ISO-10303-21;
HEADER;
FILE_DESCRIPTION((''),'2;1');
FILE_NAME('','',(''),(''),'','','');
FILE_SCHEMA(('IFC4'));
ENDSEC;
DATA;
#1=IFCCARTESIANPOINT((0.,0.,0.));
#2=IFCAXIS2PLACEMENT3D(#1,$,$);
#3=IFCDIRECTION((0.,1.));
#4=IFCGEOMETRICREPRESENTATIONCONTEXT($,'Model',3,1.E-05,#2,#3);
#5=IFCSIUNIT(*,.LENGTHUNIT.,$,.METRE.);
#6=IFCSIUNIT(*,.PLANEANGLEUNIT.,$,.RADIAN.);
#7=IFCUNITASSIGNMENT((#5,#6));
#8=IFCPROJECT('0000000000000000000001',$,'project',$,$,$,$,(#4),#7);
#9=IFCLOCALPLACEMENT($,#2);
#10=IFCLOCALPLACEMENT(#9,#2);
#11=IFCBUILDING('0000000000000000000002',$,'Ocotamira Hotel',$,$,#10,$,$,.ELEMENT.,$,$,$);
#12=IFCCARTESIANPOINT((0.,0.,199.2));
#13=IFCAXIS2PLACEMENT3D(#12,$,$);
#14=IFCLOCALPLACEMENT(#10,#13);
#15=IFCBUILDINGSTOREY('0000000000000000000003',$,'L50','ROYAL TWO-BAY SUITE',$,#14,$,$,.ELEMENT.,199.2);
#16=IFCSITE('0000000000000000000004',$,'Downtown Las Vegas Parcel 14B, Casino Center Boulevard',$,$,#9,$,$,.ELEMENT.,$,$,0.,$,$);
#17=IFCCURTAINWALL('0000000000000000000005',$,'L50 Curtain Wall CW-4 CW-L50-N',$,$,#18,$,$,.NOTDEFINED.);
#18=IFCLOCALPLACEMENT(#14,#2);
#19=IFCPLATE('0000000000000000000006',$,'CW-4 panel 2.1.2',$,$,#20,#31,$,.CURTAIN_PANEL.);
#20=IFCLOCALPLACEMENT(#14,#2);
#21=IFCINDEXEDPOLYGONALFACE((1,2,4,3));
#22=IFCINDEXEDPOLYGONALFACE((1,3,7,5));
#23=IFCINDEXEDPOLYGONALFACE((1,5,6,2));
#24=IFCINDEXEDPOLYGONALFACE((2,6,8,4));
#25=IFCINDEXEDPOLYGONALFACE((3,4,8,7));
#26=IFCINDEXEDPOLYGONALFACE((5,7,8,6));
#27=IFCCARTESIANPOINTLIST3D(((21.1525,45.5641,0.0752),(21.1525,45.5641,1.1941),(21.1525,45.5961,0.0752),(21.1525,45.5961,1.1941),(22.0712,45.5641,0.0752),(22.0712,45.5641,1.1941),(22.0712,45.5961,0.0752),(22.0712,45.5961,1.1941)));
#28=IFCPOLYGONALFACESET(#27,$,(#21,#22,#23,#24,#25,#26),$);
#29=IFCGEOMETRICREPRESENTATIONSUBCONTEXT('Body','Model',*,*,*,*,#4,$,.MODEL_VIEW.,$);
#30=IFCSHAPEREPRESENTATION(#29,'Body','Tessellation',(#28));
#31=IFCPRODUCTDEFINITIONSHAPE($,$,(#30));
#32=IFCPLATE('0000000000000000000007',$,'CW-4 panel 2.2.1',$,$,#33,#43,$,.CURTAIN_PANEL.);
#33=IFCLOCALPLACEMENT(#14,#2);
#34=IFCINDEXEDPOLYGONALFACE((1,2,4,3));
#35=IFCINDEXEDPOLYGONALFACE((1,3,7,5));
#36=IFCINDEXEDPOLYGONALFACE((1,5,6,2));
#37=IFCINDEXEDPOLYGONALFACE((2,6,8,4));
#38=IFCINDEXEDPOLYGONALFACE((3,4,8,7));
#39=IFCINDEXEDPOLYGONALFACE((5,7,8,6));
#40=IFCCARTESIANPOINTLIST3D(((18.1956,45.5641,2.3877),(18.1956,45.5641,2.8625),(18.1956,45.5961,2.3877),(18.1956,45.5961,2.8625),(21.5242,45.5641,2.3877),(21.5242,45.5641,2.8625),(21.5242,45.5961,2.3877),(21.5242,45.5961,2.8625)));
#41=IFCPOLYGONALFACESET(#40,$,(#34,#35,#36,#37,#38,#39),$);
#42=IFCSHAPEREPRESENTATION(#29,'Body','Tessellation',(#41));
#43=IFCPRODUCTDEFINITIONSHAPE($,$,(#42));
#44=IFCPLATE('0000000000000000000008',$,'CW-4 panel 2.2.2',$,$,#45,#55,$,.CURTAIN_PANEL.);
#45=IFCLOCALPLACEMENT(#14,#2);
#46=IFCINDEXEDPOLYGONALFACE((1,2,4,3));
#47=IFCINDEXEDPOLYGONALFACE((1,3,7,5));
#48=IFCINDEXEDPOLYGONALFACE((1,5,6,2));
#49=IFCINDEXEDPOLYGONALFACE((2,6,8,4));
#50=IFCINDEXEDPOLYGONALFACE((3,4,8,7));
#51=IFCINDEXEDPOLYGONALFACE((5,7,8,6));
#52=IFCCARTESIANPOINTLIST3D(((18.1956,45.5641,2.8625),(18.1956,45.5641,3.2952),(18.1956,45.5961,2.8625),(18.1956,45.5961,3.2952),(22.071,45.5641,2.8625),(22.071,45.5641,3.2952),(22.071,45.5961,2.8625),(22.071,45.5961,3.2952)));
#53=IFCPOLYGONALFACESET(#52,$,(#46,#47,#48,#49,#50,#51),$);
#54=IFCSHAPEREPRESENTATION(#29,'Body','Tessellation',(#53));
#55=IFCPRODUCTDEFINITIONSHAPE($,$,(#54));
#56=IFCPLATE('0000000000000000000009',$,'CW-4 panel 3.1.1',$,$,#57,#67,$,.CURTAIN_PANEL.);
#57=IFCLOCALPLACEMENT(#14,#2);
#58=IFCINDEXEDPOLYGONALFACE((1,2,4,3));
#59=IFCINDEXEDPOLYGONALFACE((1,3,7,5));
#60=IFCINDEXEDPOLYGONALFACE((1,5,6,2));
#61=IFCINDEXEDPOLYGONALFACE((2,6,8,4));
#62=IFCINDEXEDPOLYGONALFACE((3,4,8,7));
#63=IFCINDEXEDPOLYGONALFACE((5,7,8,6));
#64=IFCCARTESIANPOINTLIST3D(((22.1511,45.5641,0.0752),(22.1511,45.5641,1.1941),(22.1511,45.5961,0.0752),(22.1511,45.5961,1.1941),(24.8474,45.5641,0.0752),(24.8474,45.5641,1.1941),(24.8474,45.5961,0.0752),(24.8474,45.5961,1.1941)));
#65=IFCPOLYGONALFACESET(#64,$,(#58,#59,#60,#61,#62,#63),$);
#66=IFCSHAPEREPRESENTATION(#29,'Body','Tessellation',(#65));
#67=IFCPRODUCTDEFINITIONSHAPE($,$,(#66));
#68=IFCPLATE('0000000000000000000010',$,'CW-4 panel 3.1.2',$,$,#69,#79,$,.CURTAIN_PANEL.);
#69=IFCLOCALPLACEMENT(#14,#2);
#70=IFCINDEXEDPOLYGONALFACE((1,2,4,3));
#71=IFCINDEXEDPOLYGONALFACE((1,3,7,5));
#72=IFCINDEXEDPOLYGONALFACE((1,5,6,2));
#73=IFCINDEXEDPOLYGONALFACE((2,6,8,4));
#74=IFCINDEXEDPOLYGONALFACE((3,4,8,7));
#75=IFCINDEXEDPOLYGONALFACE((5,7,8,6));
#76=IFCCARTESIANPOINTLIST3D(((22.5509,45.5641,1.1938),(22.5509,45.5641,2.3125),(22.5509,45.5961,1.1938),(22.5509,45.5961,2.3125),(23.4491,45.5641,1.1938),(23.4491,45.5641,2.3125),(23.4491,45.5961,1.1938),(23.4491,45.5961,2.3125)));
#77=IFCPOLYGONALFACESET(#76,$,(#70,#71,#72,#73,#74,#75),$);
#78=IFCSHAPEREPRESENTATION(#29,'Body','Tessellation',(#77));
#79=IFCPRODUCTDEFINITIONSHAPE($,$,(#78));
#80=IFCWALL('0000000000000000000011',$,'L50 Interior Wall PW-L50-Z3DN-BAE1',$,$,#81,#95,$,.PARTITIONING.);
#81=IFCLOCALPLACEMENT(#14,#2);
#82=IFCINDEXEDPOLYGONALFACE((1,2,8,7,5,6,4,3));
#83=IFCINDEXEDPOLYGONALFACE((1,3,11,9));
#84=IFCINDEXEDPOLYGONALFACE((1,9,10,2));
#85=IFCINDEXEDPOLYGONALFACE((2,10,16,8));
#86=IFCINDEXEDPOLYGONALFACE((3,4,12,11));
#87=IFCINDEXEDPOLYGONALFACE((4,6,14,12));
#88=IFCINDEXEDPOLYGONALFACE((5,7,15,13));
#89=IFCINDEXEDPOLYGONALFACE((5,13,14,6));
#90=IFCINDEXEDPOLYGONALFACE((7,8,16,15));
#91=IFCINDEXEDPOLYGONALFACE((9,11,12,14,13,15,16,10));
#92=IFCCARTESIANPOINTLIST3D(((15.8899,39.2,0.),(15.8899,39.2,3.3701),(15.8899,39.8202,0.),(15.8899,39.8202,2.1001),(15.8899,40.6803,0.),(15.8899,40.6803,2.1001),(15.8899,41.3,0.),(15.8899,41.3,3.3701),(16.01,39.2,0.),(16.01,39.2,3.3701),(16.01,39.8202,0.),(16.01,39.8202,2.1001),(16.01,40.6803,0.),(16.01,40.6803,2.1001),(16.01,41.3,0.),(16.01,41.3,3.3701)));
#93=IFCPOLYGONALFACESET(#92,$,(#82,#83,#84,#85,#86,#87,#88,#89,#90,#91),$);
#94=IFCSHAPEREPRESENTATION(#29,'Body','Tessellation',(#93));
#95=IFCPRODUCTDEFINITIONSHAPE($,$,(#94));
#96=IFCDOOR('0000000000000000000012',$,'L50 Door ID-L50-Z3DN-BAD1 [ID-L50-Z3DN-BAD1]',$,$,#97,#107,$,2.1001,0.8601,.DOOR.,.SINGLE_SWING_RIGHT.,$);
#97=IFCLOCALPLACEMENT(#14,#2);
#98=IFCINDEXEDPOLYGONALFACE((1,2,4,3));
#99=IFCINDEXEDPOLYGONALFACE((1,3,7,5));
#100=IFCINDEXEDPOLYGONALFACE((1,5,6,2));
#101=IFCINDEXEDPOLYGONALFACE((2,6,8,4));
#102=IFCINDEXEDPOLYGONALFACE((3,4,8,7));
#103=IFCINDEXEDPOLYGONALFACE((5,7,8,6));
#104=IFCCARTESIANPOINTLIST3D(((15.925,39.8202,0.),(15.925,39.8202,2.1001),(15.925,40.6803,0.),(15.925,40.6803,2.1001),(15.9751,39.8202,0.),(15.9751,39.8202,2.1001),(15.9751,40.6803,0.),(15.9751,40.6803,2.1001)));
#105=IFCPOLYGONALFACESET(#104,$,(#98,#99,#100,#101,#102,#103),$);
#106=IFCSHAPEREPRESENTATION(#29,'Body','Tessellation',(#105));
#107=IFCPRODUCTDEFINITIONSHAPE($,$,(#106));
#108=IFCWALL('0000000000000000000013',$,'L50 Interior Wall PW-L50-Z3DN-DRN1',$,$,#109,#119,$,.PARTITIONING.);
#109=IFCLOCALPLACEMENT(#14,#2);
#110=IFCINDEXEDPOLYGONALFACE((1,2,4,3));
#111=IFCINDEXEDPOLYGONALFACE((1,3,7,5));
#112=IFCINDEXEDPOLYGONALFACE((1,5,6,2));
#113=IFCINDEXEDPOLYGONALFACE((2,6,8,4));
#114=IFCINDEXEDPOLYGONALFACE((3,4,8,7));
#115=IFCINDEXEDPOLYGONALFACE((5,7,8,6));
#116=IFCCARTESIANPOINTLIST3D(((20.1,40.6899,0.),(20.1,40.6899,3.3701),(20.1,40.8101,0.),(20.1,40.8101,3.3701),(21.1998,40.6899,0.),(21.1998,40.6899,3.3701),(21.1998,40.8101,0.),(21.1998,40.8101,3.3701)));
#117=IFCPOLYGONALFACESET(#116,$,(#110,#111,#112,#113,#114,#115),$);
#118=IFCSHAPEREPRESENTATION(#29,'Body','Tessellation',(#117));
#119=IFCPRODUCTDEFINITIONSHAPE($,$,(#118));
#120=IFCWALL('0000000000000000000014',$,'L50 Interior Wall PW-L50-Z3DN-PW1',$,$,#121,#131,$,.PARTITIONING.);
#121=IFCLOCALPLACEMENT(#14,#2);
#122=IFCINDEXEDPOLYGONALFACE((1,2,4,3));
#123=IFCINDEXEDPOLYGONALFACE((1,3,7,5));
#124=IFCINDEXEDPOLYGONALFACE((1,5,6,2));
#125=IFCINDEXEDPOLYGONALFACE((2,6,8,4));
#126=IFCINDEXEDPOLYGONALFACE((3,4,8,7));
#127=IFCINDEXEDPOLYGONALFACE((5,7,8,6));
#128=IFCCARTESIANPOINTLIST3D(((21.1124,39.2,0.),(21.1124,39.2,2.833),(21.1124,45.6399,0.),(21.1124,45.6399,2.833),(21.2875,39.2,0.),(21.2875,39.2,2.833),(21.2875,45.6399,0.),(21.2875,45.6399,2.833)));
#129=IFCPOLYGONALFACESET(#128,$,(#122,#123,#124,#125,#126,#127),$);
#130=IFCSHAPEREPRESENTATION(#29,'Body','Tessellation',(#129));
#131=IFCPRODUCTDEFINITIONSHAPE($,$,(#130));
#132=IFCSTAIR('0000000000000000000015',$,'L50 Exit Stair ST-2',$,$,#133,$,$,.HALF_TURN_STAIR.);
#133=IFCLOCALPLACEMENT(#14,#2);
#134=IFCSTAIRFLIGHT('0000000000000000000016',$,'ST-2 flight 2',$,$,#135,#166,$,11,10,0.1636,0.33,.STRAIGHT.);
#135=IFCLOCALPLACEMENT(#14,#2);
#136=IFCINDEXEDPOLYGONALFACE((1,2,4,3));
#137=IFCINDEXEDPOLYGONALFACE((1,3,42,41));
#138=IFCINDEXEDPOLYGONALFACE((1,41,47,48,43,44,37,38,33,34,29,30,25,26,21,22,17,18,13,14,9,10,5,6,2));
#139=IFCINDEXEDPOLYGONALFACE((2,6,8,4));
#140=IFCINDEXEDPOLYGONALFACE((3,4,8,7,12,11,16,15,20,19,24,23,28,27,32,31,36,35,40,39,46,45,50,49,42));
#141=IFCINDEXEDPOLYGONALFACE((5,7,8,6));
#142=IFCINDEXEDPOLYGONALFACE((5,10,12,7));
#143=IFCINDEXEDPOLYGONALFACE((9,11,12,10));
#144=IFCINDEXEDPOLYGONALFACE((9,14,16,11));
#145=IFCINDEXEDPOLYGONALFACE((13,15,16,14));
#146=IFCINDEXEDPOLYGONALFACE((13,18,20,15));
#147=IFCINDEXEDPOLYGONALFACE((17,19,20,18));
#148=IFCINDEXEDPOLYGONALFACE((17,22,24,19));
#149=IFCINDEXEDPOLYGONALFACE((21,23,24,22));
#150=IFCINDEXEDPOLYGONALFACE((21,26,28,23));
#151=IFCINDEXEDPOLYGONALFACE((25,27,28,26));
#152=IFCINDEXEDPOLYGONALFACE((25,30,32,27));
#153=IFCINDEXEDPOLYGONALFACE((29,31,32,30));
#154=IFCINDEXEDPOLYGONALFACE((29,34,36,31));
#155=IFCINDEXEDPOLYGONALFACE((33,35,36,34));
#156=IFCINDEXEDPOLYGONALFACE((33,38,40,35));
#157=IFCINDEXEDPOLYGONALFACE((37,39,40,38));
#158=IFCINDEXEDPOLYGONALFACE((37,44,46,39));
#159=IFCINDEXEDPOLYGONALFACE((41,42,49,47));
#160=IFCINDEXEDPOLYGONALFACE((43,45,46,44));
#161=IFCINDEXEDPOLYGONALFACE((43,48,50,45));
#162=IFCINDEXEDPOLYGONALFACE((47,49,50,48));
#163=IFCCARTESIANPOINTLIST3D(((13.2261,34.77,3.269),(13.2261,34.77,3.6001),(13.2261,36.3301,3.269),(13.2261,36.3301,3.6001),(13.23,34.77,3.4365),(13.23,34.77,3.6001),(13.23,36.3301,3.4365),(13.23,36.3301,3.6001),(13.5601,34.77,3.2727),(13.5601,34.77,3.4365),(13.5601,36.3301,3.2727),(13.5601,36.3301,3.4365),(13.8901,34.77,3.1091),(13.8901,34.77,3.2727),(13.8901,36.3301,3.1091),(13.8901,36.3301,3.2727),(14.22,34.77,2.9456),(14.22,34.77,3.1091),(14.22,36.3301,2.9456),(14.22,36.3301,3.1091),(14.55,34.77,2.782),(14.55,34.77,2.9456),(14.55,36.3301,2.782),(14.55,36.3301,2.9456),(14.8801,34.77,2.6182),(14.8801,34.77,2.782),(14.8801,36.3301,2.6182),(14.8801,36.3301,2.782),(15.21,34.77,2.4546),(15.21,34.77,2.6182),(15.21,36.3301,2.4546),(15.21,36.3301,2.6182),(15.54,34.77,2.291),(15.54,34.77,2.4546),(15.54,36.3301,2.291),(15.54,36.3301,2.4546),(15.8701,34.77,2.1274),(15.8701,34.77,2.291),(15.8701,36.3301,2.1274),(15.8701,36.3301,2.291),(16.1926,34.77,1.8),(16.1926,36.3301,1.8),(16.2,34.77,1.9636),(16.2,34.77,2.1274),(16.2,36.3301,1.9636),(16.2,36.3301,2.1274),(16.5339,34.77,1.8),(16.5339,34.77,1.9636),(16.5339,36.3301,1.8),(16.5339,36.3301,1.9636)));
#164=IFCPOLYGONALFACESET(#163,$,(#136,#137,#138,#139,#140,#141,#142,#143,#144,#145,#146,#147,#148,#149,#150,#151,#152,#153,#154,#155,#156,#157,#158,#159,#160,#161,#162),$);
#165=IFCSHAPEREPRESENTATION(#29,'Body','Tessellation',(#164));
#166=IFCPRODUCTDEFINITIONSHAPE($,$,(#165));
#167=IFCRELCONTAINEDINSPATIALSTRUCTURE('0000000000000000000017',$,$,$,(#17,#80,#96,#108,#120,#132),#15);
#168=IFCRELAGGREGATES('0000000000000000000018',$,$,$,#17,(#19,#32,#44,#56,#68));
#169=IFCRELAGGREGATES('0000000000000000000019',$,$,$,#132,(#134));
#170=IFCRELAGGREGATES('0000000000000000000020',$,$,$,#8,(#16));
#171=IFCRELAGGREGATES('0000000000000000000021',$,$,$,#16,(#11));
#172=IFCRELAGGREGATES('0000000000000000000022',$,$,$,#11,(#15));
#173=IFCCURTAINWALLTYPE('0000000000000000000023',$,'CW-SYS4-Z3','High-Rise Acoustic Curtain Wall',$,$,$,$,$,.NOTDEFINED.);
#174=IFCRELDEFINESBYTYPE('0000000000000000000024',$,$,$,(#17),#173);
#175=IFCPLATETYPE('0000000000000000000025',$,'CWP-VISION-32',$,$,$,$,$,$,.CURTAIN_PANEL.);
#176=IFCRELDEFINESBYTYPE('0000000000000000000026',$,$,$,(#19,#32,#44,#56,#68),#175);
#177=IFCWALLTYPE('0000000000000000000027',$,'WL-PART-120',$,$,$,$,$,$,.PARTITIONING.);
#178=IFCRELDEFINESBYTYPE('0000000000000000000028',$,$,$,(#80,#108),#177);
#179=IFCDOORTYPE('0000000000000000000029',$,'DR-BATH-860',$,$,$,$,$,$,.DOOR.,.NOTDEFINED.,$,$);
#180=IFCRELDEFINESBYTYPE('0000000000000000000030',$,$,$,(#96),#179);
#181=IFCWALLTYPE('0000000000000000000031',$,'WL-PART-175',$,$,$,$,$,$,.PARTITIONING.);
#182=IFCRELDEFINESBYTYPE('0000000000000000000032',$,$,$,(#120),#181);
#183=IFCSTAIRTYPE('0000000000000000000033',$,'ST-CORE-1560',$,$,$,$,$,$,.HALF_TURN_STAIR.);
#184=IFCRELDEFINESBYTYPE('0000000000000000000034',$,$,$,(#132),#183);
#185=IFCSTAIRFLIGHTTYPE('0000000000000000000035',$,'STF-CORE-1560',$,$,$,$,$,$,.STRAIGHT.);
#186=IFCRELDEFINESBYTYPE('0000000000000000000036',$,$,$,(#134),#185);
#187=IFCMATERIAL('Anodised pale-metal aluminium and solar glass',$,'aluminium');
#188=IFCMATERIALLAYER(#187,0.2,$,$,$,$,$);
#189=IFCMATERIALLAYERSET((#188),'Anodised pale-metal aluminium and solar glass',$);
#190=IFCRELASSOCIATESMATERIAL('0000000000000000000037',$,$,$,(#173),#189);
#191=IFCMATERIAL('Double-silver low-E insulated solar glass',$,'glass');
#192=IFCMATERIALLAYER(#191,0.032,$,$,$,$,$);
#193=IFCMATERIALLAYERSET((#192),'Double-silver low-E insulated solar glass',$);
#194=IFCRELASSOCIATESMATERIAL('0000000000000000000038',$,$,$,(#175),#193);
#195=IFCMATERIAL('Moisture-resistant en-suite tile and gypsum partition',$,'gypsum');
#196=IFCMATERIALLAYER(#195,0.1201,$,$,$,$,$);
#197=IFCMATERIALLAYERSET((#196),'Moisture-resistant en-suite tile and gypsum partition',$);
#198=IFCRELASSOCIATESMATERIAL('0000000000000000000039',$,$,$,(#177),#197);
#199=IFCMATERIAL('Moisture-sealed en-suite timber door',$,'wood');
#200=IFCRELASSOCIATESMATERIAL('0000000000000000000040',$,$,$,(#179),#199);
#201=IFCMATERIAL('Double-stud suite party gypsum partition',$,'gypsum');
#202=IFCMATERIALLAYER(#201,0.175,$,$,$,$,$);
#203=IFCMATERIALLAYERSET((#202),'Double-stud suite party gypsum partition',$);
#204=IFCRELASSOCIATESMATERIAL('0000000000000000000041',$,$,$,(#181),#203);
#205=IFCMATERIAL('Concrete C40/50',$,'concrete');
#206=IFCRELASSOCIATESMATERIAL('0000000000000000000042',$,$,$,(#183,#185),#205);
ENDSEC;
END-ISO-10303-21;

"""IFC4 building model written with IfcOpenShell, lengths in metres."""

from ifc_helpers import new_model, si_unit, direction, frame, frame_2d, origin, origin_2d, place, context, subcontext, project, spatial, polyline, rectangle, outline, extrude, source, transform, mapped, material, layer, layer_set, type_object, element, fill, aggregate, save


model = new_model("IFC4")

# Units and contexts
model_context = context("Model", 3, precision=1e-05, world=origin(), true_north=direction((0.0, 1.0)))
body_context = subcontext(model_context, "Body", "Model", "MODEL_VIEW")
ifc_project = project(units=[si_unit("LENGTHUNIT", "METRE"), si_unit("PLANEANGLEUNIT", "RADIAN")], contexts=[model_context])

# Site, building, storey
site_placement = place(None, origin())
site = spatial("IfcSite", under=ifc_project, at=site_placement, Name="Downtown Las Vegas Parcel 14B, Casino Center Boulevard", CompositionType="ELEMENT", RefElevation=0.0)
building_placement = place(site_placement, origin())
building = spatial("IfcBuilding", under=site, at=building_placement, Name="Ocotamira Hotel", CompositionType="ELEMENT")
storey_placement = place(building_placement, frame((0.0, 0.0, 199.2)))
storey = spatial("IfcBuildingStorey", under=building, at=storey_placement, Name="L50", Description="ROYAL TWO-BAY SUITE", CompositionType="ELEMENT", Elevation=199.2)

# Curtain wall
ifc_material_1 = material(Name="Anodised pale-metal aluminium and solar glass", Category="aluminium")
ifc_layer_1 = layer(ifc_material_1, 0.2)
ifc_layer_set_1 = layer_set([ifc_layer_1], Name="Anodised pale-metal aluminium and solar glass")
curtain_wall_type = type_object("IfcCurtainWallType", Name="CW-SYS4-Z3", Description="High-Rise Acoustic Curtain Wall", PredefinedType="NOTDEFINED", material=ifc_layer_set_1)
curtain_wall_placement = place(storey_placement, origin())
curtain_wall = element("IfcCurtainWall", 1, at=curtain_wall_placement, inside=storey, type_object=curtain_wall_type, Name="L50 Curtain Wall CW-4 CW-L50-N", PredefinedType="NOTDEFINED")

# Plates
ifc_material_2 = material(Name="Double-silver low-E insulated solar glass", Category="glass")
ifc_layer_2 = layer(ifc_material_2, 0.032)
ifc_layer_set_2 = layer_set([ifc_layer_2], Name="Double-silver low-E insulated solar glass")
plate_type_1 = type_object("IfcPlateType", Name="CWP-VISION-32", PredefinedType="CURTAIN_PANEL", material=ifc_layer_set_2)
shared_shape_1 = source(origin(), body_context, "Body", "SweptSolid", [
    extrude(rectangle(XDim=0.9187, YDim=0.032, at=origin_2d()), origin(), (0.0, 0.0, 1.0), 1.1189),
])
plate_1_placement = place(storey_placement, frame((21.6118, 45.5801, 0.0752), z_axis=(0.0, 0.0, 1.0), x_axis=(1.0, 0.0, 0.0)))
plate_1 = element("IfcPlate", 2, at=plate_1_placement, type_object=plate_type_1, Name="CW-4 panel 2.1.2", PredefinedType="CURTAIN_PANEL", context=body_context, shape_type="MappedRepresentation", body=[
    mapped(shared_shape_1, transform((0.0, 0.0, 0.0), scale=1.0)),
])
shared_shape_2 = source(origin(), body_context, "Body", "SweptSolid", [
    extrude(rectangle(XDim=3.3286, YDim=0.032, at=origin_2d()), origin(), (0.0, 0.0, 1.0), 0.4749),
])
plate_2_placement = place(storey_placement, frame((19.8599, 45.5801, 2.3877), z_axis=(0.0, 0.0, 1.0), x_axis=(1.0, 0.0, 0.0)))
plate_2 = element("IfcPlate", 3, at=plate_2_placement, type_object=plate_type_1, Name="CW-4 panel 2.2.1", PredefinedType="CURTAIN_PANEL", context=body_context, shape_type="MappedRepresentation", body=[
    mapped(shared_shape_2, transform((0.0, 0.0, 0.0), scale=1.0)),
])
shared_shape_3 = source(origin(), body_context, "Body", "SweptSolid", [
    extrude(rectangle(XDim=3.8755, YDim=0.032, at=origin_2d()), origin(), (0.0, 0.0, 1.0), 0.4326),
])
plate_3_placement = place(storey_placement, frame((20.1333, 45.5801, 2.8625), z_axis=(0.0, 0.0, 1.0), x_axis=(1.0, 0.0, 0.0)))
plate_3 = element("IfcPlate", 4, at=plate_3_placement, type_object=plate_type_1, Name="CW-4 panel 2.2.2", PredefinedType="CURTAIN_PANEL", context=body_context, shape_type="MappedRepresentation", body=[
    mapped(shared_shape_3, transform((0.0, 0.0, 0.0), scale=1.0)),
])
shared_shape_4 = source(origin(), body_context, "Body", "SweptSolid", [
    extrude(rectangle(XDim=2.6963, YDim=0.032, at=origin_2d()), origin(), (0.0, 0.0, 1.0), 1.1189),
])
plate_4_placement = place(storey_placement, frame((23.4993, 45.5801, 0.0752), z_axis=(0.0, 0.0, 1.0), x_axis=(1.0, 0.0, 0.0)))
plate_4 = element("IfcPlate", 5, at=plate_4_placement, type_object=plate_type_1, Name="CW-4 panel 3.1.1", PredefinedType="CURTAIN_PANEL", context=body_context, shape_type="MappedRepresentation", body=[
    mapped(shared_shape_4, transform((0.0, 0.0, 0.0), scale=1.0)),
])
shared_shape_5 = source(origin(), body_context, "Body", "SweptSolid", [
    extrude(rectangle(XDim=0.8982, YDim=0.032, at=origin_2d()), origin(), (0.0, 0.0, 1.0), 1.1187),
])
plate_5_placement = place(storey_placement, frame((23.0, 45.5801, 1.1938), z_axis=(0.0, 0.0, 1.0), x_axis=(1.0, 0.0, 0.0)))
plate_5 = element("IfcPlate", 6, at=plate_5_placement, type_object=plate_type_1, Name="CW-4 panel 3.1.2", PredefinedType="CURTAIN_PANEL", context=body_context, shape_type="MappedRepresentation", body=[
    mapped(shared_shape_5, transform((0.0, 0.0, 0.0), scale=1.0)),
])
aggregate(curtain_wall, [plate_1, plate_2, plate_3, plate_4, plate_5])

# Wall, opening, door
ifc_material_3 = material(Name="Moisture-resistant en-suite tile and gypsum partition", Category="gypsum")
ifc_layer_3 = layer(ifc_material_3, 0.1201)
ifc_layer_set_3 = layer_set([ifc_layer_3], Name="Moisture-resistant en-suite tile and gypsum partition")
wall_type_1 = type_object("IfcWallType", Name="WL-PART-120", PredefinedType="PARTITIONING", material=ifc_layer_set_3)
wall_1_placement = place(storey_placement, frame((15.95, 39.2, 0.0), z_axis=(0.0, 0.0, 1.0), x_axis=(0.0, 1.0, 0.0)))
wall_1 = element("IfcWall", 7, at=wall_1_placement, inside=storey, type_object=wall_type_1, Name="L50 Interior Wall PW-L50-Z3DN-BAE1", PredefinedType="PARTITIONING", context=body_context, shape_type="SweptSolid", body=[
    extrude(rectangle(XDim=2.1001, YDim=0.1201, at=frame_2d((1.05, 0.0))), origin(), (0.0, 0.0, 1.0), 3.3701),
])
opening_placement = place(wall_1_placement, frame((0.6201, 0.0, 0.0)))
opening = element("IfcOpeningElement", 8, at=opening_placement, cuts=wall_1, PredefinedType="OPENING", context=body_context, shape_type="SweptSolid", body=[
    extrude(rectangle(XDim=0.8601, YDim=2.1001, at=frame_2d((0.4302, 1.05))), frame((0.0, 0.0701, 0.0), z_axis=(0.0, -1.0, 0.0), x_axis=(1.0, 0.0, 0.0)), (0.0, 0.0, 1.0), 0.1401),
])
ifc_material_4 = material(Name="Moisture-sealed en-suite timber door", Category="wood")
door_type = type_object("IfcDoorType", Name="DR-BATH-860", OperationType="NOTDEFINED", PredefinedType="DOOR", material=ifc_material_4)
shared_shape_6 = source(origin(), body_context, "Body", "SweptSolid", [
    extrude(rectangle(XDim=0.8601, YDim=2.1001, at=frame_2d((0.4302, 1.05))), frame((0.0, 0.0249, 0.0), z_axis=(0.0, -1.0, 0.0), x_axis=(1.0, 0.0, 0.0)), (0.0, 0.0, 1.0), 0.05),
])
door_placement = place(opening_placement, origin())
door = element("IfcDoor", 9, at=door_placement, inside=storey, type_object=door_type, Name="L50 Door ID-L50-Z3DN-BAD1 [ID-L50-Z3DN-BAD1]", OperationType="SINGLE_SWING_RIGHT", OverallHeight=2.1001, OverallWidth=0.8601, PredefinedType="DOOR", context=body_context, shape_type="MappedRepresentation", body=[
    mapped(shared_shape_6, transform((0.0, 0.0, 0.0), scale=1.0)),
])
fill(opening, door)

# Walls
wall_2_placement = place(storey_placement, frame((20.1001, 40.75, 0.0), z_axis=(0.0, 0.0, 1.0), x_axis=(1.0, 0.0, 0.0)))
element("IfcWall", 10, at=wall_2_placement, inside=storey, type_object=wall_type_1, Name="L50 Interior Wall PW-L50-Z3DN-DRN1", PredefinedType="PARTITIONING", context=body_context, shape_type="SweptSolid", body=[
    extrude(rectangle(XDim=1.0999, YDim=0.1201, at=frame_2d((0.5498, 0.0))), origin(), (0.0, 0.0, 1.0), 3.3701),
])
ifc_material_5 = material(Name="Double-stud suite party gypsum partition", Category="gypsum")
ifc_layer_4 = layer(ifc_material_5, 0.175)
ifc_layer_set_4 = layer_set([ifc_layer_4], Name="Double-stud suite party gypsum partition")
wall_type_2 = type_object("IfcWallType", Name="WL-PART-175", PredefinedType="PARTITIONING", material=ifc_layer_set_4)
wall_3_placement = place(storey_placement, frame((21.2, 39.2, 0.0), z_axis=(0.0, 0.0, 1.0), x_axis=(0.0, 1.0, 0.0)))
element("IfcWall", 11, at=wall_3_placement, inside=storey, type_object=wall_type_2, Name="L50 Interior Wall PW-L50-Z3DN-PW1", PredefinedType="PARTITIONING", context=body_context, shape_type="SweptSolid", body=[
    extrude(rectangle(XDim=6.4399, YDim=0.175, at=frame_2d((3.22, 0.0))), origin(), (0.0, 0.0, 1.0), 2.833),
])

# Stair, stair flight
ifc_material_6 = material(Name="Concrete C40/50", Category="concrete")
stair_type = type_object("IfcStairType", Name="ST-CORE-1560", PredefinedType="HALF_TURN_STAIR", material=ifc_material_6)
stair_placement = place(storey_placement, origin())
stair = element("IfcStair", 12, at=stair_placement, inside=storey, type_object=stair_type, Name="L50 Exit Stair ST-2", PredefinedType="HALF_TURN_STAIR")
stair_flight_type = type_object("IfcStairFlightType", Name="STF-CORE-1560", PredefinedType="STRAIGHT", material=ifc_material_6)
shared_shape_7 = source(origin(), body_context, "Body", "SweptSolid", [
    extrude(outline(polyline([(-0.0039, 0.0), (-0.0039, 0.1636), (0.3301, 0.1636), (0.3301, 0.3274), (0.6599, 0.3274), (0.6599, 0.491), (0.99, 0.491), (0.99, 0.6545), (1.3201, 0.6545), (1.3201, 0.8181), (1.6499, 0.8181), (1.6499, 0.9819), (1.98, 0.9819), (1.98, 1.1455), (2.3101, 1.1455), (2.3101, 1.3091), (2.6399, 1.3091), (2.6399, 1.4727), (2.97, 1.4727), (2.97, 1.6365), (3.3, 1.6365), (3.3, 1.8), (3.304, 1.8), (3.304, 1.469), (0.3374, 0.0), (-0.0039, 0.0)])), frame((0.0, 0.78, 0.0), z_axis=(0.0, -1.0, 0.0), x_axis=(1.0, 0.0, 0.0)), (0.0, 0.0, 1.0), 1.5601),
])
stair_flight_placement = place(storey_placement, frame((16.53, 35.55, 1.8), z_axis=(0.0, 0.0, 1.0), x_axis=(-1.0, 0.0, 0.0)))
stair_flight = element("IfcStairFlight", 13, at=stair_flight_placement, type_object=stair_flight_type, Name="ST-2 flight 2", NumberOfRisers=11, NumberOfTreads=10, PredefinedType="STRAIGHT", RiserHeight=0.1636, TreadLength=0.33, context=body_context, shape_type="MappedRepresentation", body=[
    mapped(shared_shape_7, transform((0.0, 0.0, 0.0), scale=1.0)),
])
aggregate(stair, [stair_flight])

save(model, "model.ifc")
